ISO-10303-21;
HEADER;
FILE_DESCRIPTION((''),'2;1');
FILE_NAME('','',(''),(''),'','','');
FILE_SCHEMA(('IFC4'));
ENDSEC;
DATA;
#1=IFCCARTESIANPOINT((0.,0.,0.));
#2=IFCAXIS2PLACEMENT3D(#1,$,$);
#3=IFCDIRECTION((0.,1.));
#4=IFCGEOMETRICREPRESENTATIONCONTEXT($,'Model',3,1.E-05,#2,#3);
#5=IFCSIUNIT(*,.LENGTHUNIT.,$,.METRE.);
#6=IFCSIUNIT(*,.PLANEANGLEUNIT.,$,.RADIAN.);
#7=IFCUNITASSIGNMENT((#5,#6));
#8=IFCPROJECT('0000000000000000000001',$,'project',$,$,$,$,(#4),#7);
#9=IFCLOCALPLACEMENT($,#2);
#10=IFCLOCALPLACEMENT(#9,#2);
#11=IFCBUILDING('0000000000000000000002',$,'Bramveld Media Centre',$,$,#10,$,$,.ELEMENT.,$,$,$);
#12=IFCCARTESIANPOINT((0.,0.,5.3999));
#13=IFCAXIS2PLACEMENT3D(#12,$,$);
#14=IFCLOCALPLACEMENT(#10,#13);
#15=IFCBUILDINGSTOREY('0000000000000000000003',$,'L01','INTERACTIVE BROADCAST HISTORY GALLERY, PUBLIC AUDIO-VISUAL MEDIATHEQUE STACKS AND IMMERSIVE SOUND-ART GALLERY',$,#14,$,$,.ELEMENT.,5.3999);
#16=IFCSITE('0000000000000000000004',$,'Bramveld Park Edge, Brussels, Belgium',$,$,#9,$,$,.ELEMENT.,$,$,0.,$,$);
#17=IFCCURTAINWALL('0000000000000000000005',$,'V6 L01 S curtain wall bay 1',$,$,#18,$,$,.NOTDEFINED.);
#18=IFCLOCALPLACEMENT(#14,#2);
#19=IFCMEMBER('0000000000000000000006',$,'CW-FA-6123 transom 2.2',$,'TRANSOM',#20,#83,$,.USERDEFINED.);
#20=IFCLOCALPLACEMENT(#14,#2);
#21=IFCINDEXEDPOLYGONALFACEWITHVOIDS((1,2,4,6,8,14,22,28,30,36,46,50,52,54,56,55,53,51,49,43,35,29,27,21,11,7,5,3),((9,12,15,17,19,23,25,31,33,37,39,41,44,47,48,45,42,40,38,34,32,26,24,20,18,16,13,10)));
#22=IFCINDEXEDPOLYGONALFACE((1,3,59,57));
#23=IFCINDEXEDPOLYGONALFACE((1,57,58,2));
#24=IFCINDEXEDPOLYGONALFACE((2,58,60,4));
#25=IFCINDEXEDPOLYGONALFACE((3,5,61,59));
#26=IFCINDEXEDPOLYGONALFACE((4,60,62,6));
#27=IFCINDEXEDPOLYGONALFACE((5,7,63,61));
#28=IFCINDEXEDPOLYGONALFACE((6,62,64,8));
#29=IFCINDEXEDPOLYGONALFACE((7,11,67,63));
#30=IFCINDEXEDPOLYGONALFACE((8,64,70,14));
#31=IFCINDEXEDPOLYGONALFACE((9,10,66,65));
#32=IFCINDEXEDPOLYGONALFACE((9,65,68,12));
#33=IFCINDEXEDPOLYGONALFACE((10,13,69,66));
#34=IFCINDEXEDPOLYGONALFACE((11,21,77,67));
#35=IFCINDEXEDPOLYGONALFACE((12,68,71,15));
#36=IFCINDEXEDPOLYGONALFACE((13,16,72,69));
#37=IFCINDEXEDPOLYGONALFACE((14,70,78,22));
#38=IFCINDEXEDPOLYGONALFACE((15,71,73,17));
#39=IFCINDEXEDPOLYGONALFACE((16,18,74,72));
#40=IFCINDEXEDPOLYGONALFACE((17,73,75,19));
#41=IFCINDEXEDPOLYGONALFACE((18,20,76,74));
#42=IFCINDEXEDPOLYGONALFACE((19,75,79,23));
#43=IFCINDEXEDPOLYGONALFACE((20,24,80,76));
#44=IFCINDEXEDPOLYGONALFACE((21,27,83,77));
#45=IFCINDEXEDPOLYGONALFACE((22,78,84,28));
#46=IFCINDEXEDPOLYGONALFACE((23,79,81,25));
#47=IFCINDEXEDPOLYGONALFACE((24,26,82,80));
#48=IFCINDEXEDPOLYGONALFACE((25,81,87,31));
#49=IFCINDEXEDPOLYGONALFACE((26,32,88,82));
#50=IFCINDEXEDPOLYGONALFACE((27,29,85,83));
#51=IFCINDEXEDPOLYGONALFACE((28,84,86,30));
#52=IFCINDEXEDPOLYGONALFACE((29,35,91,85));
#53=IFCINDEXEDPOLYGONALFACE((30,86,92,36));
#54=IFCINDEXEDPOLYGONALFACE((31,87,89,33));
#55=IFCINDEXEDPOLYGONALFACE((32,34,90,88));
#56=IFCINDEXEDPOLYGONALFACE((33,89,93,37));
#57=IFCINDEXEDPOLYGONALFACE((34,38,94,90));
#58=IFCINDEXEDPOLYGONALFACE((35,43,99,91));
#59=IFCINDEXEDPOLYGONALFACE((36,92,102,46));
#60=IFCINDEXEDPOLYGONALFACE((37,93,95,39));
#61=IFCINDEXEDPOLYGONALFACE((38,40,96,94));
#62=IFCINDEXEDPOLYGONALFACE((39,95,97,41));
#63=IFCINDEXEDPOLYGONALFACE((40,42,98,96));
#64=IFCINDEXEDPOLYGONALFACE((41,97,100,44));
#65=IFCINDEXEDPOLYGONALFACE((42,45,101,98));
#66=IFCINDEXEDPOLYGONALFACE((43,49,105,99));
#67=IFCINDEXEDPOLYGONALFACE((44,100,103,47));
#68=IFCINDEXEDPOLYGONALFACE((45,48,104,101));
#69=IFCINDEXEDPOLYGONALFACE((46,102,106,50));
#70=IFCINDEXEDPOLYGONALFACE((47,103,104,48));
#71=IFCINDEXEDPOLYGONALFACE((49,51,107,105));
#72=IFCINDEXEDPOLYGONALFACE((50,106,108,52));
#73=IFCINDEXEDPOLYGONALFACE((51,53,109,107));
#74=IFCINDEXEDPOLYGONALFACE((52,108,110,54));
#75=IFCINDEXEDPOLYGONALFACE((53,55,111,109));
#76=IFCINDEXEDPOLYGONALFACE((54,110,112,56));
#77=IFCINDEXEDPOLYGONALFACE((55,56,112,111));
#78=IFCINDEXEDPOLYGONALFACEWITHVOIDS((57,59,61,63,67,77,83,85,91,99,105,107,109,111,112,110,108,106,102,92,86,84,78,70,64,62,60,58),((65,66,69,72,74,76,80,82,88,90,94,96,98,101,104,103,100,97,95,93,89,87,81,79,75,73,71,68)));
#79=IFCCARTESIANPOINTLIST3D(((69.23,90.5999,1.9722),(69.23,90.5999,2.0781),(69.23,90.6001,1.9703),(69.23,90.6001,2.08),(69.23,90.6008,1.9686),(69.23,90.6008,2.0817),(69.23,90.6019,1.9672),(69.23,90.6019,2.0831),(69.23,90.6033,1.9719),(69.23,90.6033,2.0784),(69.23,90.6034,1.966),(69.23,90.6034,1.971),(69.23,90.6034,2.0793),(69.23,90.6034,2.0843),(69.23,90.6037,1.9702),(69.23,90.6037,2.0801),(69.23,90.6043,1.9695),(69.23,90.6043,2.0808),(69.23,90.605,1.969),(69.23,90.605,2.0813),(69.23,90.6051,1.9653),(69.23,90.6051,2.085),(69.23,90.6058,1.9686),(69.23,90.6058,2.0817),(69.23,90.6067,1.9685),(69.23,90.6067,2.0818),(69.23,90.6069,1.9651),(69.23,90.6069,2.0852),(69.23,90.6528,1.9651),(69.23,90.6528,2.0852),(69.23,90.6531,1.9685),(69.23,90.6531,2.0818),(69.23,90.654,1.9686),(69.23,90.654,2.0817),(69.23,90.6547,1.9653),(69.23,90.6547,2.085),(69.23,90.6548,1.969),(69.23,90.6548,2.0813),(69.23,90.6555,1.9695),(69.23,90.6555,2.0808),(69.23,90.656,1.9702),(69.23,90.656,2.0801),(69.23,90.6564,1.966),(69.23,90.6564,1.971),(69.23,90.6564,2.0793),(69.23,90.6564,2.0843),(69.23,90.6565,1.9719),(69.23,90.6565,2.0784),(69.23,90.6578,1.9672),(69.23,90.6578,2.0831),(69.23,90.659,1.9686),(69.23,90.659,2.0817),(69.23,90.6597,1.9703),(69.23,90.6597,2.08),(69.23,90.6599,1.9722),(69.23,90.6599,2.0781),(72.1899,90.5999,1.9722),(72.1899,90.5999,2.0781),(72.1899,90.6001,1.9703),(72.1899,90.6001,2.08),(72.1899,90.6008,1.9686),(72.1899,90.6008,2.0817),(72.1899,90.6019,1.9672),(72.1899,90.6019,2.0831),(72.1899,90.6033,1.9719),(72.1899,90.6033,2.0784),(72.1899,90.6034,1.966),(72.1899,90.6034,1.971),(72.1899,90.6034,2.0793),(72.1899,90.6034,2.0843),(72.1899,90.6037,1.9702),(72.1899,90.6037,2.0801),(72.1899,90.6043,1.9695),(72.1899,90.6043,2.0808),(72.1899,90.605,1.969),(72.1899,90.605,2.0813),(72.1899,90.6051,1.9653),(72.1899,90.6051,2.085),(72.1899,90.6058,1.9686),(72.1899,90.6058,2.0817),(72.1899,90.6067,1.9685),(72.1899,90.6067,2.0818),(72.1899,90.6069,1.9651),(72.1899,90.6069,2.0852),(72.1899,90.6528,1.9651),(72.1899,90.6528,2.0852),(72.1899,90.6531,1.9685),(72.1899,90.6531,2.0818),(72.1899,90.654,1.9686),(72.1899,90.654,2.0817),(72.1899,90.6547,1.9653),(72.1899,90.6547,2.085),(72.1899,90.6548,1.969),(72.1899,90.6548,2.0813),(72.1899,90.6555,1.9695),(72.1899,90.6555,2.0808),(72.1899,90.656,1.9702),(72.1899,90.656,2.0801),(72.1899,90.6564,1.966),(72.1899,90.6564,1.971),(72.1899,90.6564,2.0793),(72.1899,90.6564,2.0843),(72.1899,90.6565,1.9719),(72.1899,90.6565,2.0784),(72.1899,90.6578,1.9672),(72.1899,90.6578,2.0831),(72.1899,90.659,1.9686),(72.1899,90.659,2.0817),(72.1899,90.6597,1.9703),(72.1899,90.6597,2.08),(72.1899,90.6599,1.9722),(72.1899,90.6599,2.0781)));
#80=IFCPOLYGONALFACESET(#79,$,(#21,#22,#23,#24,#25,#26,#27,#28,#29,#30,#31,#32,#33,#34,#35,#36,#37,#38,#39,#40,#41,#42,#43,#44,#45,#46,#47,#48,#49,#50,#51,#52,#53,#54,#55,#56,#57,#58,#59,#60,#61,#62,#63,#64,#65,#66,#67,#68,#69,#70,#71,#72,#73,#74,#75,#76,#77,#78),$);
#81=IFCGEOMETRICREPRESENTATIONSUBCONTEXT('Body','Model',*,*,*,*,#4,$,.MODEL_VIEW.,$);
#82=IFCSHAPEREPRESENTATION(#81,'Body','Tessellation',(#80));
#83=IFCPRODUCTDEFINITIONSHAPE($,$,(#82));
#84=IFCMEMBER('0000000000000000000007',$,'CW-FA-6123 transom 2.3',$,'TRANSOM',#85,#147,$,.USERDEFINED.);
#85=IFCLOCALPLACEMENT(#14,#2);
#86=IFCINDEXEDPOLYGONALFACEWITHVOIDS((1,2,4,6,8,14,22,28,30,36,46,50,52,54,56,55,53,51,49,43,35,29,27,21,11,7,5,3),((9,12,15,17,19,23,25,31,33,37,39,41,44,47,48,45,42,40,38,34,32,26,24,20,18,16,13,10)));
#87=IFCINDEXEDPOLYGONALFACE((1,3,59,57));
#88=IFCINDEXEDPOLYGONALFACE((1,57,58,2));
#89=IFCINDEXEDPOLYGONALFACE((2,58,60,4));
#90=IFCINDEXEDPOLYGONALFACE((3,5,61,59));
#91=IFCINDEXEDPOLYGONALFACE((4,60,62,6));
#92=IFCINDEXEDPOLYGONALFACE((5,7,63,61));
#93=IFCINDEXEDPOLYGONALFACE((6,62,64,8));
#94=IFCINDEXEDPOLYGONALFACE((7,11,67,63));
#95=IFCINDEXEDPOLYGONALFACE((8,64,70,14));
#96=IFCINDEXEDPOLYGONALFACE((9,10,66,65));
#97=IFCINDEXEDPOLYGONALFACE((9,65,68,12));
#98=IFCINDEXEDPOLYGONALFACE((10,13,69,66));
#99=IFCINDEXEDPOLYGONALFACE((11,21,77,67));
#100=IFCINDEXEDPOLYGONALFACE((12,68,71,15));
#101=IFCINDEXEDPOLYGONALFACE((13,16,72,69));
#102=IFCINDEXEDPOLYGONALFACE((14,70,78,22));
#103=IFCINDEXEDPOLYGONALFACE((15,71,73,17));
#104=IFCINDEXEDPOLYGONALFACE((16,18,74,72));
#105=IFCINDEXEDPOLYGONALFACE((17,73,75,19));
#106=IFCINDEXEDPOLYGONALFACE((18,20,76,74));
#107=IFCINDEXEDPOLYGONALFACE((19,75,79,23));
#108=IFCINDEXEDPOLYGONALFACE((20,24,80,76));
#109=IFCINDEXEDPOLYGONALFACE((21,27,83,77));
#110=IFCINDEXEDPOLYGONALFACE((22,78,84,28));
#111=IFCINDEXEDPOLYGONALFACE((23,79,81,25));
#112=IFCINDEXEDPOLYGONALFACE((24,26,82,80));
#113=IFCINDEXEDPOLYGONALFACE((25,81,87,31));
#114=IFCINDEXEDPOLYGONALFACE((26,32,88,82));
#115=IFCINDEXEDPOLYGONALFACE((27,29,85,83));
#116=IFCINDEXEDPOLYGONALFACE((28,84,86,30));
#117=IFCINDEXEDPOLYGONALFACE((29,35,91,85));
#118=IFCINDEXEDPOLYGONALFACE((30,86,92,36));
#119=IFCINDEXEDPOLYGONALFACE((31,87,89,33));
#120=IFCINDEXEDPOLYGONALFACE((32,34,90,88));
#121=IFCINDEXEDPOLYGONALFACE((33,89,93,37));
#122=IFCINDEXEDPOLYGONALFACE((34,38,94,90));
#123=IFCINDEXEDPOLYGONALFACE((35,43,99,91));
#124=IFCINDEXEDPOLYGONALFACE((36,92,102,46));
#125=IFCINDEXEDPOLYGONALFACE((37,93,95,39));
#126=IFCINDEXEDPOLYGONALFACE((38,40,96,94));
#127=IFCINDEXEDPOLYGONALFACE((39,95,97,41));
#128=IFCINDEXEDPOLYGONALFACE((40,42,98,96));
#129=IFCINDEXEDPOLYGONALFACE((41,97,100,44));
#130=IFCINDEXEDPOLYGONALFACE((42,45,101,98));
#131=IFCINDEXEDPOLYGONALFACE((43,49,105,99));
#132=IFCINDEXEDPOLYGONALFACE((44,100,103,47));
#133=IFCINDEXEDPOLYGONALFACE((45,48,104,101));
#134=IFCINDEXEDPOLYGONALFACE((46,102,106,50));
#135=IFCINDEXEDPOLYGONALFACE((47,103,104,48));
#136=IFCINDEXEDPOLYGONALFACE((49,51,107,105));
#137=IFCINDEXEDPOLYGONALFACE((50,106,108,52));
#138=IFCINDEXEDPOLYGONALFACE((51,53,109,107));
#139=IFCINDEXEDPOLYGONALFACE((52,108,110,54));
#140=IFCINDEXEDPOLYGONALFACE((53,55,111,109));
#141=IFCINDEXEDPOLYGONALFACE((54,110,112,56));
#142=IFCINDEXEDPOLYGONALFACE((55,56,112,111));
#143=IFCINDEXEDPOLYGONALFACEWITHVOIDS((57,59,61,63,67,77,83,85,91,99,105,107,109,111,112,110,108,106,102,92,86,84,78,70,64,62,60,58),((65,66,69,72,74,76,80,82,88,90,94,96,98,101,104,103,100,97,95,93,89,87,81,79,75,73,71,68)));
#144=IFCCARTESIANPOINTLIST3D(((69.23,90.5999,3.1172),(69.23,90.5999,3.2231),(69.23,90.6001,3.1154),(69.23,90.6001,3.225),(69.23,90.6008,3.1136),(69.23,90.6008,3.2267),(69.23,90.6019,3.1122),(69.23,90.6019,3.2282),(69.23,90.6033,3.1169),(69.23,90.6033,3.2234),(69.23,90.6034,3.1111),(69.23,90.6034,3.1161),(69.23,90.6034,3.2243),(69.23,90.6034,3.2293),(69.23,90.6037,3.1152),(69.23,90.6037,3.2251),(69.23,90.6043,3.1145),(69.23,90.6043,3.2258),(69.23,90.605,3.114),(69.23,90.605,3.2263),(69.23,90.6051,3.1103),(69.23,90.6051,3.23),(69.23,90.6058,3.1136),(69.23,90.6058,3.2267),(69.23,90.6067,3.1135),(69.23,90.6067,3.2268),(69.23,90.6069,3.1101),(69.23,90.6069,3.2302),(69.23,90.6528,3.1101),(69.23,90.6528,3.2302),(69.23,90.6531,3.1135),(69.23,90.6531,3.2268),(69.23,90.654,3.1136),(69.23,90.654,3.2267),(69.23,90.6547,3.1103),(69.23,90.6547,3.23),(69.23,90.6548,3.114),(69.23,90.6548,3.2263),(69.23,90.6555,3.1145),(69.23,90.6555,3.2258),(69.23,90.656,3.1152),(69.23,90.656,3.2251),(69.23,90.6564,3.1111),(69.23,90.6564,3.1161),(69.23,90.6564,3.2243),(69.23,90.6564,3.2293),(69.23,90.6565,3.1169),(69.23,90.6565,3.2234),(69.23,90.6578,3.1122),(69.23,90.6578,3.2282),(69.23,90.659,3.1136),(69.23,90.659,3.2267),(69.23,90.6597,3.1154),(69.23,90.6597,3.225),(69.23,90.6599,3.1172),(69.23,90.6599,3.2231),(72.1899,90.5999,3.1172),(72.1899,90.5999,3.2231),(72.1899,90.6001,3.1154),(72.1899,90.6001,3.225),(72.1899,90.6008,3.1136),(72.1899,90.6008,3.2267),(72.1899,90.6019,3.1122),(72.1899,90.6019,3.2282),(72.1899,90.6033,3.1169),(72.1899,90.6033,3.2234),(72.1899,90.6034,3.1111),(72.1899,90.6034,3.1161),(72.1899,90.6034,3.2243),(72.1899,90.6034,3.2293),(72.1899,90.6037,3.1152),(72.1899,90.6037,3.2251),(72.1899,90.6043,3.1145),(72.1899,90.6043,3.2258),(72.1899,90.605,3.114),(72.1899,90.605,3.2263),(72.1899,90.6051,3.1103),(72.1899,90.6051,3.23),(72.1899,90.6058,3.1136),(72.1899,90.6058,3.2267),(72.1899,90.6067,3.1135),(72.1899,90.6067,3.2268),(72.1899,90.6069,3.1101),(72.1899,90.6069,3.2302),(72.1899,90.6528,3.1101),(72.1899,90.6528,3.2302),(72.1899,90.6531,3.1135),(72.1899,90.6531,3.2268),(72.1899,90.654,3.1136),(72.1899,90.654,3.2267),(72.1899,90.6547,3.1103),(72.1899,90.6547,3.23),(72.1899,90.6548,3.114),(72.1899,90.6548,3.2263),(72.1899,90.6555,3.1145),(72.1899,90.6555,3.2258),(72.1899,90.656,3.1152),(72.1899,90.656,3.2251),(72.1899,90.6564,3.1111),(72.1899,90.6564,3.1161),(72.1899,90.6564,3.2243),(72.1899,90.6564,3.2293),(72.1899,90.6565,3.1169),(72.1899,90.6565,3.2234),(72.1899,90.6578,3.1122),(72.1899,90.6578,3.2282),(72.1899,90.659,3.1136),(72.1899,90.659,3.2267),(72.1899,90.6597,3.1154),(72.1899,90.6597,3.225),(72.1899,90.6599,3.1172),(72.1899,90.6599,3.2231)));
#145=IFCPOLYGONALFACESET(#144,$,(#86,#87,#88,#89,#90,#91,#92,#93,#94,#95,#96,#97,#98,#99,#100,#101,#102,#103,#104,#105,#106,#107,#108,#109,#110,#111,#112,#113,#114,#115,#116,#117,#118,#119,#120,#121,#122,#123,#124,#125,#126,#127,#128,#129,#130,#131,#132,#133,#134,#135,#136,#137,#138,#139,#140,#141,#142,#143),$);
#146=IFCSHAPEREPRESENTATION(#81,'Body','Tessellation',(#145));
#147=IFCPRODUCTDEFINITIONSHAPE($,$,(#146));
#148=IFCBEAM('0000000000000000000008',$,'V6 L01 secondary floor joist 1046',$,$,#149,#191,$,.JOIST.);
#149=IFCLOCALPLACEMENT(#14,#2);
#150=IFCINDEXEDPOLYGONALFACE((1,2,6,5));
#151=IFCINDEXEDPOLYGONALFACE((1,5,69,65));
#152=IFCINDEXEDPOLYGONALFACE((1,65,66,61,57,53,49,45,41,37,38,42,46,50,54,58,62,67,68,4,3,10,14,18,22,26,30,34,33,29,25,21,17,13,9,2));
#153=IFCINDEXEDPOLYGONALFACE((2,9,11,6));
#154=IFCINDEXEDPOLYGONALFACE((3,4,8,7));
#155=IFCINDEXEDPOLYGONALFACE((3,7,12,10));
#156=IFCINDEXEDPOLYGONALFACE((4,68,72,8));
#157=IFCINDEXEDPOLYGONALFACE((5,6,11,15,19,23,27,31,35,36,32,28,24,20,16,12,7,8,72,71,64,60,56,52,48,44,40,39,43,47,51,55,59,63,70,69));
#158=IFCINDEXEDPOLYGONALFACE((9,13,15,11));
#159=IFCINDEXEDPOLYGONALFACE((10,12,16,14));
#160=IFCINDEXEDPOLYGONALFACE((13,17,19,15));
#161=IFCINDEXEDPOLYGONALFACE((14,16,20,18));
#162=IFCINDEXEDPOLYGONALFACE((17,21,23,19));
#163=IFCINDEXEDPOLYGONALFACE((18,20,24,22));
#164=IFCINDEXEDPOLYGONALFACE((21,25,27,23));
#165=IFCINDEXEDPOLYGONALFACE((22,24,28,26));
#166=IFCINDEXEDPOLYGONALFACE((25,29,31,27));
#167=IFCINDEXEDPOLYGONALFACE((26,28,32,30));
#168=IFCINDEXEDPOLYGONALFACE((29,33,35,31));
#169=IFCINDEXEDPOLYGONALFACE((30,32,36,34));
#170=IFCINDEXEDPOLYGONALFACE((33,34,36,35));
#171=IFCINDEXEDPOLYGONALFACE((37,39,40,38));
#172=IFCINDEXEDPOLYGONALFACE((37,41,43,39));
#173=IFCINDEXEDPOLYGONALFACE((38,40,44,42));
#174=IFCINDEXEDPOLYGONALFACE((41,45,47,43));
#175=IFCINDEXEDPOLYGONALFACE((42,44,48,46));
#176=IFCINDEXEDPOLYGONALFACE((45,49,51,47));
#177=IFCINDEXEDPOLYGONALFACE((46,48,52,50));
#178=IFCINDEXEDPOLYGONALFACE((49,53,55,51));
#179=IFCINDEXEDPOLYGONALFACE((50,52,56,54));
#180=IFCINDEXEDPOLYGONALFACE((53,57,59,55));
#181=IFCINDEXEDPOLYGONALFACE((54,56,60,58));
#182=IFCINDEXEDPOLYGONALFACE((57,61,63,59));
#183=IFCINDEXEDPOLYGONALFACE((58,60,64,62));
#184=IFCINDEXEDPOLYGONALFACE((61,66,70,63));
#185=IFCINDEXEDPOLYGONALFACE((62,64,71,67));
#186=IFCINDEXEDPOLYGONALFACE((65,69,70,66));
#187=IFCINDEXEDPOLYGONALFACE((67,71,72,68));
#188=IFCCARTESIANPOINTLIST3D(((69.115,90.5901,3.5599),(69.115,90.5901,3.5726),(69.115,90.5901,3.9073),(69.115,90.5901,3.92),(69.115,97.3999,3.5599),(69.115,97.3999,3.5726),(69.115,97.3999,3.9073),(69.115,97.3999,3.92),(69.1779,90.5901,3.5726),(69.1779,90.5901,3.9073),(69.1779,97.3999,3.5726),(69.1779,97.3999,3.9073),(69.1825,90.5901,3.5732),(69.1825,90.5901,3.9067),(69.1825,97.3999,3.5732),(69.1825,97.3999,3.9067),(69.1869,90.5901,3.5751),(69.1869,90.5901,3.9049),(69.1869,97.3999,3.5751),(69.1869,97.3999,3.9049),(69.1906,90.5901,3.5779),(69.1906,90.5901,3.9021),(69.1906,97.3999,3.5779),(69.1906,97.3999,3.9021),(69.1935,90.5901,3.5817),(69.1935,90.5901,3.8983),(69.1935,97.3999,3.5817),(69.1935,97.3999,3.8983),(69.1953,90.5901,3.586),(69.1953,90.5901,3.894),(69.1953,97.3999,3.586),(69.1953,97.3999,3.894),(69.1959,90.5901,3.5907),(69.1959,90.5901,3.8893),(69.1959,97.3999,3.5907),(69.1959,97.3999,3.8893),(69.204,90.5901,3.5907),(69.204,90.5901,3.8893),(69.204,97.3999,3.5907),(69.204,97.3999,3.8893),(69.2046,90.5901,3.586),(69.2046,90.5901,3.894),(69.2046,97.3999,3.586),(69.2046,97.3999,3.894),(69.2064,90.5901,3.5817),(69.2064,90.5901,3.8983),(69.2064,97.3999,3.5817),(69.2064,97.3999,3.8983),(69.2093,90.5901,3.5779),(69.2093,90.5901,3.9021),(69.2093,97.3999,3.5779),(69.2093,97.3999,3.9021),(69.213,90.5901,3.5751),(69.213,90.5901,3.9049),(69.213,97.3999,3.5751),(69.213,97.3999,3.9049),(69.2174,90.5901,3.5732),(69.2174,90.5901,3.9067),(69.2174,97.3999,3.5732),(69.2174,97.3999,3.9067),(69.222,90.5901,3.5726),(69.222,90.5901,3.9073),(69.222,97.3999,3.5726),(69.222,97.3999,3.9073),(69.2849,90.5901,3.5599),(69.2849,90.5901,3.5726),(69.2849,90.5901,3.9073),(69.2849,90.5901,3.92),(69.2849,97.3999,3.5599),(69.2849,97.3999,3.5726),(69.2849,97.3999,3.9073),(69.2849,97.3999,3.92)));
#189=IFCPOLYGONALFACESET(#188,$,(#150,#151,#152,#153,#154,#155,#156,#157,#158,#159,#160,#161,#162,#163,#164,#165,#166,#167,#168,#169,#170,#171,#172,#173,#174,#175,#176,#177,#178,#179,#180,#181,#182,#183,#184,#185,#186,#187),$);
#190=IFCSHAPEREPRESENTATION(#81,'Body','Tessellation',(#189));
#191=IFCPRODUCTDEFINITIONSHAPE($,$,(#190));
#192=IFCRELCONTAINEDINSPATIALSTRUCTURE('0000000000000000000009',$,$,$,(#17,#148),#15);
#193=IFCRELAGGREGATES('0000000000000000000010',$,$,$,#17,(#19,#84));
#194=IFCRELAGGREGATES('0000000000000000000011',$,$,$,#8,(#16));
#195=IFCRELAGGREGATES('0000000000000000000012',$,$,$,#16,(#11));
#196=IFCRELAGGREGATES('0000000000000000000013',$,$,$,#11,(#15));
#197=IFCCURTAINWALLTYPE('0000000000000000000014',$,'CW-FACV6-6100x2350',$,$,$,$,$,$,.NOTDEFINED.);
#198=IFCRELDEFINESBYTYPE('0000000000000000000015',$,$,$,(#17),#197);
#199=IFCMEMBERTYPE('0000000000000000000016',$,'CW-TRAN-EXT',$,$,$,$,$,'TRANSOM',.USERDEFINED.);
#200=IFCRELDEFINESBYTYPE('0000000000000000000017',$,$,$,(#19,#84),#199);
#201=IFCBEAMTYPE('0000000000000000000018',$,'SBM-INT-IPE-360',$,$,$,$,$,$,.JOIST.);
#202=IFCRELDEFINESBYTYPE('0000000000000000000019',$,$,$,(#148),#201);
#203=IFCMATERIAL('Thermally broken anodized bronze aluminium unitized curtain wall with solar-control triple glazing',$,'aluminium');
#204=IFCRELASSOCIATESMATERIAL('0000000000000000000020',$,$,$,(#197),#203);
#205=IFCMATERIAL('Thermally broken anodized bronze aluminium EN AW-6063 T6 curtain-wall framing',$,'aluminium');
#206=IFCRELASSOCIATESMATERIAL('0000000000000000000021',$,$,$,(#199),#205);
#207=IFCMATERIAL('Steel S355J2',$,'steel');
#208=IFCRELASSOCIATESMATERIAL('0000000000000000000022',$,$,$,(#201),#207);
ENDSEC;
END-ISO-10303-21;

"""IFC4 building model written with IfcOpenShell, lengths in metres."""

from ifc_helpers import new_model, si_unit, direction, frame, origin, origin_2d, place, context, subcontext, project, spatial, hollow_rectangle, i_section, extrude, material, material_profile, profile_set, type_object, element, aggregate, save


model = new_model("IFC4")

# Units and contexts
model_context = context("Model", 3, precision=1e-05, world=origin(), true_north=direction((0.0, 1.0)))
body_context = subcontext(model_context, "Body", "Model", "MODEL_VIEW")
ifc_project = project(units=[si_unit("LENGTHUNIT", "METRE"), si_unit("PLANEANGLEUNIT", "RADIAN")], contexts=[model_context])

# Site, building, storey
site_placement = place(None, origin())
site = spatial("IfcSite", under=ifc_project, at=site_placement, Name="Bramveld Park Edge, Brussels, Belgium", CompositionType="ELEMENT", RefElevation=0.0)
building_placement = place(site_placement, origin())
building = spatial("IfcBuilding", under=site, at=building_placement, Name="Bramveld Media Centre", CompositionType="ELEMENT")
storey_placement = place(building_placement, frame((0.0, 0.0, 5.3999)))
storey = spatial("IfcBuildingStorey", under=building, at=storey_placement, Name="L01", Description="INTERACTIVE BROADCAST HISTORY GALLERY, PUBLIC AUDIO-VISUAL MEDIATHEQUE STACKS AND IMMERSIVE SOUND-ART GALLERY", CompositionType="ELEMENT", Elevation=5.3999)

# Curtain wall, members
ifc_material_1 = material(Name="Thermally broken anodized bronze aluminium unitized curtain wall with solar-control triple glazing", Category="aluminium")
curtain_wall_type = type_object("IfcCurtainWallType", Name="CW-FACV6-6100x2350", PredefinedType="NOTDEFINED", material=ifc_material_1)
curtain_wall_placement = place(storey_placement, origin())
curtain_wall = element("IfcCurtainWall", 1, at=curtain_wall_placement, inside=storey, type_object=curtain_wall_type, Name="V6 L01 S curtain wall bay 1", PredefinedType="NOTDEFINED")
ifc_material_2 = material(Name="Thermally broken anodized bronze aluminium EN AW-6063 T6 curtain-wall framing", Category="aluminium")
ifc_material_profile_1 = material_profile(ifc_material_2, hollow_rectangle(XDim=0.0601, YDim=0.1201, WallThickness=0.0034, InnerFilletRadius=0.0034, OuterFilletRadius=0.0071, at=origin_2d()), Name="AL-TRAN 60x120")
ifc_profile_set_1 = profile_set([ifc_material_profile_1], Name="Thermally broken anodized bronze aluminium EN AW-6063 T6 curtain-wall framing")
member_type_1 = type_object("IfcMemberType", Name="CW-TRAN-EXT", ElementType="TRANSOM", PredefinedType="USERDEFINED", material=ifc_profile_set_1)
member_1_placement = place(storey_placement, frame((69.23, 90.6299, 2.0251), z_axis=(1.0, 0.0, 0.0), x_axis=(0.0, 1.0, 0.0)))
member_1 = element("IfcMember", 2, at=member_1_placement, type_object=member_type_1, Name="CW-FA-6123 transom 2.2", ObjectType="TRANSOM", PredefinedType="USERDEFINED", context=body_context, shape_type="SweptSolid", body=[
    extrude(hollow_rectangle(XDim=0.0601, YDim=0.1201, WallThickness=0.0034, InnerFilletRadius=0.0034, OuterFilletRadius=0.0071, at=origin_2d()), origin(), (0.0, 0.0, 1.0), 2.96),
])
member_2_placement = place(storey_placement, frame((69.23, 90.6299, 3.1702), z_axis=(1.0, 0.0, 0.0), x_axis=(0.0, 1.0, 0.0)))
member_2 = element("IfcMember", 3, at=member_2_placement, type_object=member_type_1, Name="CW-FA-6123 transom 2.3", ObjectType="TRANSOM", PredefinedType="USERDEFINED", context=body_context, shape_type="SweptSolid", body=[
    extrude(hollow_rectangle(XDim=0.0601, YDim=0.1201, WallThickness=0.0034, InnerFilletRadius=0.0034, OuterFilletRadius=0.0071, at=origin_2d()), origin(), (0.0, 0.0, 1.0), 2.96),
])

# Beam
ifc_material_3 = material(Name="Steel S355J2", Category="steel")
ifc_material_profile_2 = material_profile(ifc_material_3, i_section(OverallWidth=0.1699, OverallDepth=0.3601, WebThickness=0.0081, FlangeThickness=0.0127, FilletRadius=0.0181, at=origin_2d()), Name="IPE 360")
ifc_profile_set_2 = profile_set([ifc_material_profile_2], Name="Steel S355J2")
beam_type_1 = type_object("IfcBeamType", Name="SBM-INT-IPE-360", PredefinedType="JOIST", material=ifc_profile_set_2)
beam_1_placement = place(storey_placement, frame((69.2, 90.5901, 3.74), z_axis=(0.0, 1.0, 0.0), x_axis=(-1.0, 0.0, 0.0)))
element("IfcBeam", 4, at=beam_1_placement, inside=storey, type_object=beam_type_1, Name="V6 L01 secondary floor joist 1046", PredefinedType="JOIST", context=body_context, shape_type="SweptSolid", body=[
    extrude(i_section(OverallWidth=0.1699, OverallDepth=0.3601, WebThickness=0.0081, FlangeThickness=0.0127, FilletRadius=0.0181, at=origin_2d()), origin(), (0.0, 0.0, 1.0), 6.8098),
])

aggregate(curtain_wall, [member_1, member_2])

save(model, "model.ifc")
